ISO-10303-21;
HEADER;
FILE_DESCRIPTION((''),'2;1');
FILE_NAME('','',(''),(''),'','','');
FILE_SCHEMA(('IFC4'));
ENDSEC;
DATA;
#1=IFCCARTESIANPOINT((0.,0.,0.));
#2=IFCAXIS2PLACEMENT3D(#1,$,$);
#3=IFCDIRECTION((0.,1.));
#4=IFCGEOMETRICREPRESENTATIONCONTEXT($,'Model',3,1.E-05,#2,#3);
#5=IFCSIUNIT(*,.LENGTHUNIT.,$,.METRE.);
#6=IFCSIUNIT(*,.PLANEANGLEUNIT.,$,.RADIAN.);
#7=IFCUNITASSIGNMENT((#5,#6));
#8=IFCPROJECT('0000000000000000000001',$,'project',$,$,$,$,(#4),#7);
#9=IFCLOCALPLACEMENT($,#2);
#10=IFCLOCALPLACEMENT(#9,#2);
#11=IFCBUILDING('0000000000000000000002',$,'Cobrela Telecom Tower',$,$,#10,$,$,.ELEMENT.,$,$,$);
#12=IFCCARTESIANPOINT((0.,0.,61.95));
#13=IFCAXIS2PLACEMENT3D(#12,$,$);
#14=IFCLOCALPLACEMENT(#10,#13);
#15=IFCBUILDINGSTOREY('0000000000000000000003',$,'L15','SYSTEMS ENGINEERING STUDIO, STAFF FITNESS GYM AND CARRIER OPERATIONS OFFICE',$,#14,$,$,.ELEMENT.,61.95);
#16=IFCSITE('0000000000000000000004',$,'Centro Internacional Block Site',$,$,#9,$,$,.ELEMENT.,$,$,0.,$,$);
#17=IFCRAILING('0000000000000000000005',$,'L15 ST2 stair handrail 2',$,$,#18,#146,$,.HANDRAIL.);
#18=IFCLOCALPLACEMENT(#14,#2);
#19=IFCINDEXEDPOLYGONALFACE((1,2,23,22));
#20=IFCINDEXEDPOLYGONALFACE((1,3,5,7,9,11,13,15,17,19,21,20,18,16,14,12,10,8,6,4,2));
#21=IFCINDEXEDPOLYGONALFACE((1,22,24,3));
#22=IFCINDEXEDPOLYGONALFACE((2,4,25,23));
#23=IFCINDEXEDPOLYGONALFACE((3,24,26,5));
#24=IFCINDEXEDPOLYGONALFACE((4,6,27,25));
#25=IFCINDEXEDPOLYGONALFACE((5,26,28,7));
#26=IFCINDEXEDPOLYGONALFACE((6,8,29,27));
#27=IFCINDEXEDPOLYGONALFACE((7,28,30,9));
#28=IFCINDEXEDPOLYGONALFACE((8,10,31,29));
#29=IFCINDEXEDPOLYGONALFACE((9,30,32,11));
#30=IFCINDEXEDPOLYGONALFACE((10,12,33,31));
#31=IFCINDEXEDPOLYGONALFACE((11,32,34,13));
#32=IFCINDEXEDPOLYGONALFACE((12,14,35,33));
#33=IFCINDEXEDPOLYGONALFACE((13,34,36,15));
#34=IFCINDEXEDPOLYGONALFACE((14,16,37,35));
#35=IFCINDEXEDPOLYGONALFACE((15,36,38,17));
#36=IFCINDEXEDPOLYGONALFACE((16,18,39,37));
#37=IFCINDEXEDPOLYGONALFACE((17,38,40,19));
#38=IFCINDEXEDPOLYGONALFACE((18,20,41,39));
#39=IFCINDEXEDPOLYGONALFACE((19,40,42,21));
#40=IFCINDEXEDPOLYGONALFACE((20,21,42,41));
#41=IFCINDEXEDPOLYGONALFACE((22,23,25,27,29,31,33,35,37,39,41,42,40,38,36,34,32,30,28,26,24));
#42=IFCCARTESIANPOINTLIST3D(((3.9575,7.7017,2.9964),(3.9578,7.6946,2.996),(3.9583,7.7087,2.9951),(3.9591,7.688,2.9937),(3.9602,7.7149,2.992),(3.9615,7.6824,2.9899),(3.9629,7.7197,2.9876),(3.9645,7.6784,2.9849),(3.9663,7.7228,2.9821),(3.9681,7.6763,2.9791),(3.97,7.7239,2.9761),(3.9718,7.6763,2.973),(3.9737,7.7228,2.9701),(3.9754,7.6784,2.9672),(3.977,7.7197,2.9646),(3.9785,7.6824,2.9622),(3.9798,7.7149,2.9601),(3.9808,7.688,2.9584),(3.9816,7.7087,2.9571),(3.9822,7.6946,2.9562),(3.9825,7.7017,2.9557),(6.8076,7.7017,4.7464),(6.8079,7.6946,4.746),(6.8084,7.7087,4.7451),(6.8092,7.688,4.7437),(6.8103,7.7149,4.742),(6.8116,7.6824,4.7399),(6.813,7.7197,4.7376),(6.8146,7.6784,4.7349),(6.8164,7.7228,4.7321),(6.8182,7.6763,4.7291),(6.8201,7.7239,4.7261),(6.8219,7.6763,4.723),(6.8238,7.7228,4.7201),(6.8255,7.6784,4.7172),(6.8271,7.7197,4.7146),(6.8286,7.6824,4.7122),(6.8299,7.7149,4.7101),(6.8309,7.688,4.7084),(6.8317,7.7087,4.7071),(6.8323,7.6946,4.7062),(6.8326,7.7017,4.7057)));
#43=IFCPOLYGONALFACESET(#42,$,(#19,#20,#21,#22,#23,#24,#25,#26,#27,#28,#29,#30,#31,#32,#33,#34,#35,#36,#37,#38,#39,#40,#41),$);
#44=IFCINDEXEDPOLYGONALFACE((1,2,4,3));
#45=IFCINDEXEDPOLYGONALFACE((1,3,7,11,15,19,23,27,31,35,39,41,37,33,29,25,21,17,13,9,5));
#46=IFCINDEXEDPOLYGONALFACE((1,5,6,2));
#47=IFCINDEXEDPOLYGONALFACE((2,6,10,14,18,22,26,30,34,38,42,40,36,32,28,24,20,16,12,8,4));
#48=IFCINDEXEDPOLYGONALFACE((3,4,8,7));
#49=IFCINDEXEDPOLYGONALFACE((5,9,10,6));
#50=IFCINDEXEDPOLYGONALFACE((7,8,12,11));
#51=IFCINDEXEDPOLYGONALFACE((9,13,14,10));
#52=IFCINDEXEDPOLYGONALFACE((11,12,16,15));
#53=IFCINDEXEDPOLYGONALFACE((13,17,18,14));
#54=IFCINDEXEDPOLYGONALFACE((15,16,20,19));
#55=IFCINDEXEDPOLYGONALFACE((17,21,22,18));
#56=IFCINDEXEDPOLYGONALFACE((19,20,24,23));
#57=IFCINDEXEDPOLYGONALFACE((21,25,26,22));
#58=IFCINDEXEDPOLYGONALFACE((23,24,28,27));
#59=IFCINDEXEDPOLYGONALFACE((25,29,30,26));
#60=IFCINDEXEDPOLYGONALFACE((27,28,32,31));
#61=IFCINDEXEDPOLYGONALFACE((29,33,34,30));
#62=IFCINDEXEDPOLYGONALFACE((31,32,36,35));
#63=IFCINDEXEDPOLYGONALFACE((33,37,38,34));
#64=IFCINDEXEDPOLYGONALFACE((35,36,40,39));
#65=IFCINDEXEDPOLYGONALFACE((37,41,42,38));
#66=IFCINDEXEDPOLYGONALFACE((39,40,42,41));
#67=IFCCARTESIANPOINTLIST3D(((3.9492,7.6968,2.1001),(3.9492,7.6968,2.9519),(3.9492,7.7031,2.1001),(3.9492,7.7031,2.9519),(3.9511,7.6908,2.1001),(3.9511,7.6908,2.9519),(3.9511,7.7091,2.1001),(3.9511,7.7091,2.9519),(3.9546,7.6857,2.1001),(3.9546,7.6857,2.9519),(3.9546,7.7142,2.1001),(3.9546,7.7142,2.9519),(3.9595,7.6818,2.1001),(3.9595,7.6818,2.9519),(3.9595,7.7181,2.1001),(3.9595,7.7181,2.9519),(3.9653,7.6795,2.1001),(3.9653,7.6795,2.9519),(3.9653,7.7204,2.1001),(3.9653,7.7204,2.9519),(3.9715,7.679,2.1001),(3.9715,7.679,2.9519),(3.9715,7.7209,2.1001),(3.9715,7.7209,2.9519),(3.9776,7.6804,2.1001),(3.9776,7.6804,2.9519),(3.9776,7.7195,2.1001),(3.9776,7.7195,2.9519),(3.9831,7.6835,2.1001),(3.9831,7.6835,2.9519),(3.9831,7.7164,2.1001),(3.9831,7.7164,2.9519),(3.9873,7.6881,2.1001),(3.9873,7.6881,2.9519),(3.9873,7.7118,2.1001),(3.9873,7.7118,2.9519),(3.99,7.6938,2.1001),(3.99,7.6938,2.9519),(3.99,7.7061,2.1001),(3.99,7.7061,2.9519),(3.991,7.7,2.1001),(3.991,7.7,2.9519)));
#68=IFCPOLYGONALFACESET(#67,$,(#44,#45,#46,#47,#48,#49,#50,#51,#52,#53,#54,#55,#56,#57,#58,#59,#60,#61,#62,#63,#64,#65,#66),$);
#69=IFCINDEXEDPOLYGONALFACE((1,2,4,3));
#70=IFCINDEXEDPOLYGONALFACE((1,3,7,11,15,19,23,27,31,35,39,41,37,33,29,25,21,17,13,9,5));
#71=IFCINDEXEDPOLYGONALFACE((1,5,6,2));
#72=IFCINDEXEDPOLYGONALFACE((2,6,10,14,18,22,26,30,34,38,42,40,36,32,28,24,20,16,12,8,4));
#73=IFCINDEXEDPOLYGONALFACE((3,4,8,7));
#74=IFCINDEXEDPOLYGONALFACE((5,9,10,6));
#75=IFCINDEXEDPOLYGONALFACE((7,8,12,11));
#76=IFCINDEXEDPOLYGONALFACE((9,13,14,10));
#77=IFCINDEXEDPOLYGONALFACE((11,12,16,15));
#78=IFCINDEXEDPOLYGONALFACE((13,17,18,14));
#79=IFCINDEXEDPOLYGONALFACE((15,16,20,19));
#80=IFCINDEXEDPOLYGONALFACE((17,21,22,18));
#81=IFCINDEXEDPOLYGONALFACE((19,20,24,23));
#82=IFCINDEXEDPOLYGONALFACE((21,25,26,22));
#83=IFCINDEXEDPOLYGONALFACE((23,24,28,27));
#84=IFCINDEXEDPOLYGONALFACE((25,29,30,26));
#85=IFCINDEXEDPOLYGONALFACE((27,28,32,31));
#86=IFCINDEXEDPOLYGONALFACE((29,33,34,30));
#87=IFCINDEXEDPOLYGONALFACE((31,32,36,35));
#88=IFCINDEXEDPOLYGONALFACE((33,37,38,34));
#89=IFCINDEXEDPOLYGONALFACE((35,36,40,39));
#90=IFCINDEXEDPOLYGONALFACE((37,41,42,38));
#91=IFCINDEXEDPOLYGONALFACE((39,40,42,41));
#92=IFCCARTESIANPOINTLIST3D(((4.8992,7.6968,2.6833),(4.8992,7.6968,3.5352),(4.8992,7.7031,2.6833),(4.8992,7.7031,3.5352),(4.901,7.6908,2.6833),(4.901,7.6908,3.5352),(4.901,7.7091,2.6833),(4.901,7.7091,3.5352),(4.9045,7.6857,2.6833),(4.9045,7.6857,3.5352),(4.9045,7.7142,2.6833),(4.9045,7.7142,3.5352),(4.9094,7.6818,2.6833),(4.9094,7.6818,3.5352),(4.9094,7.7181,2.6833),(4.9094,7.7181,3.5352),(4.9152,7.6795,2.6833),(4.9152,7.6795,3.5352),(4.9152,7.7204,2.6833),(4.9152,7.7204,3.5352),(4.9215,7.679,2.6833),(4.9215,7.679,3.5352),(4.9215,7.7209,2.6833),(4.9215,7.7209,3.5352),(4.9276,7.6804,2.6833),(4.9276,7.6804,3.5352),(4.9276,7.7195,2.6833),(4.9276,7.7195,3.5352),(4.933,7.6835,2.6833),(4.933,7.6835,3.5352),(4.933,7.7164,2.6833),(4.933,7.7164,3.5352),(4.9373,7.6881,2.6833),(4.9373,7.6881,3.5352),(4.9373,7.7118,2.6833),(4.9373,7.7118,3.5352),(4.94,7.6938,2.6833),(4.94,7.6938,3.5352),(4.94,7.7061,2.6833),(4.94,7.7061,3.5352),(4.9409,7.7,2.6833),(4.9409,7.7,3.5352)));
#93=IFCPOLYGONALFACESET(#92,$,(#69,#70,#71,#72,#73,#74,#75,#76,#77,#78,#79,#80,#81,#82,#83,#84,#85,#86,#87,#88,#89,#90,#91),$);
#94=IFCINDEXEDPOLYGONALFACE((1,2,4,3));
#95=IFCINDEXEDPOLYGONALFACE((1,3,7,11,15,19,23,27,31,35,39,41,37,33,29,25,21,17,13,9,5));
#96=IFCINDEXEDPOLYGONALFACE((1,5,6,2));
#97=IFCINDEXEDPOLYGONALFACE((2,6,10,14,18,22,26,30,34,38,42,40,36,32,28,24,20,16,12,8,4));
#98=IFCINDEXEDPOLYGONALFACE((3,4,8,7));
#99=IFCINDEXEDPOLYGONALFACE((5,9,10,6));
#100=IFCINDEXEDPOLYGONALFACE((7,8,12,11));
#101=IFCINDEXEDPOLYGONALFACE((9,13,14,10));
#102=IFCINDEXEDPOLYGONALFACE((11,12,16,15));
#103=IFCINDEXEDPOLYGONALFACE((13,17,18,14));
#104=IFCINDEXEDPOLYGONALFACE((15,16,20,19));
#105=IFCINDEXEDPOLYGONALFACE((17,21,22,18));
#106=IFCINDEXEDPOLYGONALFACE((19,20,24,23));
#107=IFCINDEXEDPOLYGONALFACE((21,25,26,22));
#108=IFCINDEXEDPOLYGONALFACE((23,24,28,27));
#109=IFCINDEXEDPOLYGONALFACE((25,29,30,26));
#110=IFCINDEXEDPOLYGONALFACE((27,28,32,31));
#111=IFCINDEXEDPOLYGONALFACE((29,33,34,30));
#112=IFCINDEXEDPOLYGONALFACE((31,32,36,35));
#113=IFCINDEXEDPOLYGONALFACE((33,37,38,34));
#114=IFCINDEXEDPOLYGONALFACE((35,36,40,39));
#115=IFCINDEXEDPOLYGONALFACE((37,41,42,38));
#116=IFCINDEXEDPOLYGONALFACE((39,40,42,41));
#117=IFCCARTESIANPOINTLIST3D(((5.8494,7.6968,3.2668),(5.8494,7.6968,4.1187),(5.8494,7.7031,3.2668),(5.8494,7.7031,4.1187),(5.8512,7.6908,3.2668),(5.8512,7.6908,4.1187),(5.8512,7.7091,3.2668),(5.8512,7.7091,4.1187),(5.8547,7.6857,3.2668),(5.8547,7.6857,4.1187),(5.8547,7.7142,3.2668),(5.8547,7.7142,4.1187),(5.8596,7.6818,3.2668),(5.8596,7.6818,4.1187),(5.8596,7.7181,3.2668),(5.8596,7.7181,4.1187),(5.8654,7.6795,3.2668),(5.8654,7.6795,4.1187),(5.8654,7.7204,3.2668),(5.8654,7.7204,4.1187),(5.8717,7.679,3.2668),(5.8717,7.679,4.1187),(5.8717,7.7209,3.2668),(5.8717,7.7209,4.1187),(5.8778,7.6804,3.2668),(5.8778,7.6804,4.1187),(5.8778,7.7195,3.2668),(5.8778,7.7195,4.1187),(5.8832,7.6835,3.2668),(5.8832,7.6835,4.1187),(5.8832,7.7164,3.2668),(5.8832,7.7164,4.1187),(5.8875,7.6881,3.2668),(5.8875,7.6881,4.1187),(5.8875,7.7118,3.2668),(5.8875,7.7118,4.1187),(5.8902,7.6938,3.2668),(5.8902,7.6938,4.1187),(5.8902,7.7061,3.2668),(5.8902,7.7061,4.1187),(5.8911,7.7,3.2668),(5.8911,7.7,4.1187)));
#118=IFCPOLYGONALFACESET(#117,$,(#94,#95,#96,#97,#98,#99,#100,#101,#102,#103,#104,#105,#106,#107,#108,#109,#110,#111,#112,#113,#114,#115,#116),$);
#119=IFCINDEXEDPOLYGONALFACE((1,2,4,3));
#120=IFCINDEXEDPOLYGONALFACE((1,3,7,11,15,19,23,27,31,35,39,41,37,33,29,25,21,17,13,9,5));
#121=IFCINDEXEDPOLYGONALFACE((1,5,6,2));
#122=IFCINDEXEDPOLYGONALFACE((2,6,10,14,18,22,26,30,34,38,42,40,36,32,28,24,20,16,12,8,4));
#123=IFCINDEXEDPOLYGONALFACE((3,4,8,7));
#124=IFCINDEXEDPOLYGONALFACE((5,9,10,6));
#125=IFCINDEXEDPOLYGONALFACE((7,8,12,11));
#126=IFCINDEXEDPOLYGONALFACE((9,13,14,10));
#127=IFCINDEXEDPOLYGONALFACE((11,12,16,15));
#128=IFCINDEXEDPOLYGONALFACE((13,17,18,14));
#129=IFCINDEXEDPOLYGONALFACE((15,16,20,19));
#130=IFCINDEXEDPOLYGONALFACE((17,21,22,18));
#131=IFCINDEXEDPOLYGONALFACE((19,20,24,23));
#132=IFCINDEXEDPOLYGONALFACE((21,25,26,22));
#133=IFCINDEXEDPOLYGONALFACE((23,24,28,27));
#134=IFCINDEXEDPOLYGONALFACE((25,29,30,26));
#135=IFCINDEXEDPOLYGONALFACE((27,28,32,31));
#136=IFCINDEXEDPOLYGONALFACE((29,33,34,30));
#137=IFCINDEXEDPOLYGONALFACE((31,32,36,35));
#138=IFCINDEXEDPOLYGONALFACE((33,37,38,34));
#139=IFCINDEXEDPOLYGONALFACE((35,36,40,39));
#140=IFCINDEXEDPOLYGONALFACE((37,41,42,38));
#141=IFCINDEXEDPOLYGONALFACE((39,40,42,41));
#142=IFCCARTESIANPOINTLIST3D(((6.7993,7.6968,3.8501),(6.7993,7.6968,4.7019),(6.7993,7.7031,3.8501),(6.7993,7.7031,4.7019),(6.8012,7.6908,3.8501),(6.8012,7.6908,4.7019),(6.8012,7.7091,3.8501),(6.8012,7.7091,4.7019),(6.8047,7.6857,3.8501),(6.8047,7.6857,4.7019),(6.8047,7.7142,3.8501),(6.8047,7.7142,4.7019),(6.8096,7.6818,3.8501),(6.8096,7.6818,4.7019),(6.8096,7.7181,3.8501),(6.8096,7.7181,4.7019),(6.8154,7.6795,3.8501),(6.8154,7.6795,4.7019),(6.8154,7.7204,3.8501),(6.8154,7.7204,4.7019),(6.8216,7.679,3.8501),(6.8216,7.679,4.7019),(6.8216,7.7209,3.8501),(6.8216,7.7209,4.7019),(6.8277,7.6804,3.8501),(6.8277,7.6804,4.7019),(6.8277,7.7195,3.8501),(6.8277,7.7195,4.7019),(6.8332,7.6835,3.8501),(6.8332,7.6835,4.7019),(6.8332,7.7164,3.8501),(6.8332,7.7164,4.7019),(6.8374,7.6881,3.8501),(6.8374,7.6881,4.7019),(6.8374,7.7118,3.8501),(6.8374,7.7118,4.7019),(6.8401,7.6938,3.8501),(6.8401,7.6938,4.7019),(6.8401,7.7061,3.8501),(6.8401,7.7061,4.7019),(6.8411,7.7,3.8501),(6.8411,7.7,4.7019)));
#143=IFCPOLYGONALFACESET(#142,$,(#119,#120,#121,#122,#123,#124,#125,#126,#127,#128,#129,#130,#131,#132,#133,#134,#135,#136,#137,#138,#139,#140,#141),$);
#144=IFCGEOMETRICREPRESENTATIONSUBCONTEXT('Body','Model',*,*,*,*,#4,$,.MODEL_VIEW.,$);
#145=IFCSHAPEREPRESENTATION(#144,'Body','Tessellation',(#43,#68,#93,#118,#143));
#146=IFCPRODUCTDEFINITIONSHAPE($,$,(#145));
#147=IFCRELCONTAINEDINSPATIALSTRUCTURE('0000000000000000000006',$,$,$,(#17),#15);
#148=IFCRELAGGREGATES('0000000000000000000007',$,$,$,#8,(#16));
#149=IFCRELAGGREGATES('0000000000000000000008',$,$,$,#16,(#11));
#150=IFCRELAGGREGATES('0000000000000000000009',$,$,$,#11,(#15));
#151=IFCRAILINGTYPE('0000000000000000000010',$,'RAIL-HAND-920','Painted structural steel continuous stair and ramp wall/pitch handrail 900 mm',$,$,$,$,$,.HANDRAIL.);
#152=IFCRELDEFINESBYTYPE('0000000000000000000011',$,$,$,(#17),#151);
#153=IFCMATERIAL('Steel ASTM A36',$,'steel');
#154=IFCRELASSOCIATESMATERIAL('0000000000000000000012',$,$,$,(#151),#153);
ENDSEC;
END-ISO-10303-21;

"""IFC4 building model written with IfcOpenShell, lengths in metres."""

from ifc_helpers import new_model, si_unit, direction, frame, origin, origin_2d, place, context, subcontext, project, spatial, circle, extrude, material, type_object, element, save


model = new_model("IFC4")

# Units and contexts
model_context = context("Model", 3, precision=1e-05, world=origin(), true_north=direction((0.0, 1.0)))
body_context = subcontext(model_context, "Body", "Model", "MODEL_VIEW")
ifc_project = project(units=[si_unit("LENGTHUNIT", "METRE"), si_unit("PLANEANGLEUNIT", "RADIAN")], contexts=[model_context])

# Site, building, storey
site_placement = place(None, origin())
site = spatial("IfcSite", under=ifc_project, at=site_placement, Name="Centro Internacional Block Site", CompositionType="ELEMENT", RefElevation=0.0)
building_placement = place(site_placement, origin())
building = spatial("IfcBuilding", under=site, at=building_placement, Name="Cobrela Telecom Tower", CompositionType="ELEMENT")
storey_placement = place(building_placement, frame((0.0, 0.0, 61.95)))
storey = spatial("IfcBuildingStorey", under=building, at=storey_placement, Name="L15", Description="SYSTEMS ENGINEERING STUDIO, STAFF FITNESS GYM AND CARRIER OPERATIONS OFFICE", CompositionType="ELEMENT", Elevation=61.95)

# Railing
ifc_material_1 = material(Name="Steel ASTM A36", Category="steel")
railing_type_1 = type_object("IfcRailingType", Name="RAIL-HAND-920", Description="Painted structural steel continuous stair and ramp wall/pitch handrail 900 mm", PredefinedType="HANDRAIL", material=ifc_material_1)
railing_1_placement = place(storey_placement, frame((3.97, 7.7, 2.1001)))
element("IfcRailing", 1, at=railing_1_placement, inside=storey, type_object=railing_type_1, Name="L15 ST2 stair handrail 2", PredefinedType="HANDRAIL", context=body_context, shape_type="SweptSolid", body=[
    extrude(circle(Radius=0.0239, at=origin_2d()), frame((0.0, 0.0, 0.876), z_axis=(0.852179, 0.0, 0.52325), x_axis=(0.0, 1.0, 0.0)), (0.0, 0.0, 1.0), 3.3445),
    extrude(circle(Radius=0.021, at=origin_2d()), origin(), (0.0, 0.0, 1.0), 0.8518),
    extrude(circle(Radius=0.021, at=origin_2d()), frame((0.95, 0.0, 0.5833)), (0.0, 0.0, 1.0), 0.8518),
    extrude(circle(Radius=0.021, at=origin_2d()), frame((1.9001, 0.0, 1.1667)), (0.0, 0.0, 1.0), 0.8518),
    extrude(circle(Radius=0.021, at=origin_2d()), frame((2.8501, 0.0, 1.75)), (0.0, 0.0, 1.0), 0.8518),
])

save(model, "model.ifc")
